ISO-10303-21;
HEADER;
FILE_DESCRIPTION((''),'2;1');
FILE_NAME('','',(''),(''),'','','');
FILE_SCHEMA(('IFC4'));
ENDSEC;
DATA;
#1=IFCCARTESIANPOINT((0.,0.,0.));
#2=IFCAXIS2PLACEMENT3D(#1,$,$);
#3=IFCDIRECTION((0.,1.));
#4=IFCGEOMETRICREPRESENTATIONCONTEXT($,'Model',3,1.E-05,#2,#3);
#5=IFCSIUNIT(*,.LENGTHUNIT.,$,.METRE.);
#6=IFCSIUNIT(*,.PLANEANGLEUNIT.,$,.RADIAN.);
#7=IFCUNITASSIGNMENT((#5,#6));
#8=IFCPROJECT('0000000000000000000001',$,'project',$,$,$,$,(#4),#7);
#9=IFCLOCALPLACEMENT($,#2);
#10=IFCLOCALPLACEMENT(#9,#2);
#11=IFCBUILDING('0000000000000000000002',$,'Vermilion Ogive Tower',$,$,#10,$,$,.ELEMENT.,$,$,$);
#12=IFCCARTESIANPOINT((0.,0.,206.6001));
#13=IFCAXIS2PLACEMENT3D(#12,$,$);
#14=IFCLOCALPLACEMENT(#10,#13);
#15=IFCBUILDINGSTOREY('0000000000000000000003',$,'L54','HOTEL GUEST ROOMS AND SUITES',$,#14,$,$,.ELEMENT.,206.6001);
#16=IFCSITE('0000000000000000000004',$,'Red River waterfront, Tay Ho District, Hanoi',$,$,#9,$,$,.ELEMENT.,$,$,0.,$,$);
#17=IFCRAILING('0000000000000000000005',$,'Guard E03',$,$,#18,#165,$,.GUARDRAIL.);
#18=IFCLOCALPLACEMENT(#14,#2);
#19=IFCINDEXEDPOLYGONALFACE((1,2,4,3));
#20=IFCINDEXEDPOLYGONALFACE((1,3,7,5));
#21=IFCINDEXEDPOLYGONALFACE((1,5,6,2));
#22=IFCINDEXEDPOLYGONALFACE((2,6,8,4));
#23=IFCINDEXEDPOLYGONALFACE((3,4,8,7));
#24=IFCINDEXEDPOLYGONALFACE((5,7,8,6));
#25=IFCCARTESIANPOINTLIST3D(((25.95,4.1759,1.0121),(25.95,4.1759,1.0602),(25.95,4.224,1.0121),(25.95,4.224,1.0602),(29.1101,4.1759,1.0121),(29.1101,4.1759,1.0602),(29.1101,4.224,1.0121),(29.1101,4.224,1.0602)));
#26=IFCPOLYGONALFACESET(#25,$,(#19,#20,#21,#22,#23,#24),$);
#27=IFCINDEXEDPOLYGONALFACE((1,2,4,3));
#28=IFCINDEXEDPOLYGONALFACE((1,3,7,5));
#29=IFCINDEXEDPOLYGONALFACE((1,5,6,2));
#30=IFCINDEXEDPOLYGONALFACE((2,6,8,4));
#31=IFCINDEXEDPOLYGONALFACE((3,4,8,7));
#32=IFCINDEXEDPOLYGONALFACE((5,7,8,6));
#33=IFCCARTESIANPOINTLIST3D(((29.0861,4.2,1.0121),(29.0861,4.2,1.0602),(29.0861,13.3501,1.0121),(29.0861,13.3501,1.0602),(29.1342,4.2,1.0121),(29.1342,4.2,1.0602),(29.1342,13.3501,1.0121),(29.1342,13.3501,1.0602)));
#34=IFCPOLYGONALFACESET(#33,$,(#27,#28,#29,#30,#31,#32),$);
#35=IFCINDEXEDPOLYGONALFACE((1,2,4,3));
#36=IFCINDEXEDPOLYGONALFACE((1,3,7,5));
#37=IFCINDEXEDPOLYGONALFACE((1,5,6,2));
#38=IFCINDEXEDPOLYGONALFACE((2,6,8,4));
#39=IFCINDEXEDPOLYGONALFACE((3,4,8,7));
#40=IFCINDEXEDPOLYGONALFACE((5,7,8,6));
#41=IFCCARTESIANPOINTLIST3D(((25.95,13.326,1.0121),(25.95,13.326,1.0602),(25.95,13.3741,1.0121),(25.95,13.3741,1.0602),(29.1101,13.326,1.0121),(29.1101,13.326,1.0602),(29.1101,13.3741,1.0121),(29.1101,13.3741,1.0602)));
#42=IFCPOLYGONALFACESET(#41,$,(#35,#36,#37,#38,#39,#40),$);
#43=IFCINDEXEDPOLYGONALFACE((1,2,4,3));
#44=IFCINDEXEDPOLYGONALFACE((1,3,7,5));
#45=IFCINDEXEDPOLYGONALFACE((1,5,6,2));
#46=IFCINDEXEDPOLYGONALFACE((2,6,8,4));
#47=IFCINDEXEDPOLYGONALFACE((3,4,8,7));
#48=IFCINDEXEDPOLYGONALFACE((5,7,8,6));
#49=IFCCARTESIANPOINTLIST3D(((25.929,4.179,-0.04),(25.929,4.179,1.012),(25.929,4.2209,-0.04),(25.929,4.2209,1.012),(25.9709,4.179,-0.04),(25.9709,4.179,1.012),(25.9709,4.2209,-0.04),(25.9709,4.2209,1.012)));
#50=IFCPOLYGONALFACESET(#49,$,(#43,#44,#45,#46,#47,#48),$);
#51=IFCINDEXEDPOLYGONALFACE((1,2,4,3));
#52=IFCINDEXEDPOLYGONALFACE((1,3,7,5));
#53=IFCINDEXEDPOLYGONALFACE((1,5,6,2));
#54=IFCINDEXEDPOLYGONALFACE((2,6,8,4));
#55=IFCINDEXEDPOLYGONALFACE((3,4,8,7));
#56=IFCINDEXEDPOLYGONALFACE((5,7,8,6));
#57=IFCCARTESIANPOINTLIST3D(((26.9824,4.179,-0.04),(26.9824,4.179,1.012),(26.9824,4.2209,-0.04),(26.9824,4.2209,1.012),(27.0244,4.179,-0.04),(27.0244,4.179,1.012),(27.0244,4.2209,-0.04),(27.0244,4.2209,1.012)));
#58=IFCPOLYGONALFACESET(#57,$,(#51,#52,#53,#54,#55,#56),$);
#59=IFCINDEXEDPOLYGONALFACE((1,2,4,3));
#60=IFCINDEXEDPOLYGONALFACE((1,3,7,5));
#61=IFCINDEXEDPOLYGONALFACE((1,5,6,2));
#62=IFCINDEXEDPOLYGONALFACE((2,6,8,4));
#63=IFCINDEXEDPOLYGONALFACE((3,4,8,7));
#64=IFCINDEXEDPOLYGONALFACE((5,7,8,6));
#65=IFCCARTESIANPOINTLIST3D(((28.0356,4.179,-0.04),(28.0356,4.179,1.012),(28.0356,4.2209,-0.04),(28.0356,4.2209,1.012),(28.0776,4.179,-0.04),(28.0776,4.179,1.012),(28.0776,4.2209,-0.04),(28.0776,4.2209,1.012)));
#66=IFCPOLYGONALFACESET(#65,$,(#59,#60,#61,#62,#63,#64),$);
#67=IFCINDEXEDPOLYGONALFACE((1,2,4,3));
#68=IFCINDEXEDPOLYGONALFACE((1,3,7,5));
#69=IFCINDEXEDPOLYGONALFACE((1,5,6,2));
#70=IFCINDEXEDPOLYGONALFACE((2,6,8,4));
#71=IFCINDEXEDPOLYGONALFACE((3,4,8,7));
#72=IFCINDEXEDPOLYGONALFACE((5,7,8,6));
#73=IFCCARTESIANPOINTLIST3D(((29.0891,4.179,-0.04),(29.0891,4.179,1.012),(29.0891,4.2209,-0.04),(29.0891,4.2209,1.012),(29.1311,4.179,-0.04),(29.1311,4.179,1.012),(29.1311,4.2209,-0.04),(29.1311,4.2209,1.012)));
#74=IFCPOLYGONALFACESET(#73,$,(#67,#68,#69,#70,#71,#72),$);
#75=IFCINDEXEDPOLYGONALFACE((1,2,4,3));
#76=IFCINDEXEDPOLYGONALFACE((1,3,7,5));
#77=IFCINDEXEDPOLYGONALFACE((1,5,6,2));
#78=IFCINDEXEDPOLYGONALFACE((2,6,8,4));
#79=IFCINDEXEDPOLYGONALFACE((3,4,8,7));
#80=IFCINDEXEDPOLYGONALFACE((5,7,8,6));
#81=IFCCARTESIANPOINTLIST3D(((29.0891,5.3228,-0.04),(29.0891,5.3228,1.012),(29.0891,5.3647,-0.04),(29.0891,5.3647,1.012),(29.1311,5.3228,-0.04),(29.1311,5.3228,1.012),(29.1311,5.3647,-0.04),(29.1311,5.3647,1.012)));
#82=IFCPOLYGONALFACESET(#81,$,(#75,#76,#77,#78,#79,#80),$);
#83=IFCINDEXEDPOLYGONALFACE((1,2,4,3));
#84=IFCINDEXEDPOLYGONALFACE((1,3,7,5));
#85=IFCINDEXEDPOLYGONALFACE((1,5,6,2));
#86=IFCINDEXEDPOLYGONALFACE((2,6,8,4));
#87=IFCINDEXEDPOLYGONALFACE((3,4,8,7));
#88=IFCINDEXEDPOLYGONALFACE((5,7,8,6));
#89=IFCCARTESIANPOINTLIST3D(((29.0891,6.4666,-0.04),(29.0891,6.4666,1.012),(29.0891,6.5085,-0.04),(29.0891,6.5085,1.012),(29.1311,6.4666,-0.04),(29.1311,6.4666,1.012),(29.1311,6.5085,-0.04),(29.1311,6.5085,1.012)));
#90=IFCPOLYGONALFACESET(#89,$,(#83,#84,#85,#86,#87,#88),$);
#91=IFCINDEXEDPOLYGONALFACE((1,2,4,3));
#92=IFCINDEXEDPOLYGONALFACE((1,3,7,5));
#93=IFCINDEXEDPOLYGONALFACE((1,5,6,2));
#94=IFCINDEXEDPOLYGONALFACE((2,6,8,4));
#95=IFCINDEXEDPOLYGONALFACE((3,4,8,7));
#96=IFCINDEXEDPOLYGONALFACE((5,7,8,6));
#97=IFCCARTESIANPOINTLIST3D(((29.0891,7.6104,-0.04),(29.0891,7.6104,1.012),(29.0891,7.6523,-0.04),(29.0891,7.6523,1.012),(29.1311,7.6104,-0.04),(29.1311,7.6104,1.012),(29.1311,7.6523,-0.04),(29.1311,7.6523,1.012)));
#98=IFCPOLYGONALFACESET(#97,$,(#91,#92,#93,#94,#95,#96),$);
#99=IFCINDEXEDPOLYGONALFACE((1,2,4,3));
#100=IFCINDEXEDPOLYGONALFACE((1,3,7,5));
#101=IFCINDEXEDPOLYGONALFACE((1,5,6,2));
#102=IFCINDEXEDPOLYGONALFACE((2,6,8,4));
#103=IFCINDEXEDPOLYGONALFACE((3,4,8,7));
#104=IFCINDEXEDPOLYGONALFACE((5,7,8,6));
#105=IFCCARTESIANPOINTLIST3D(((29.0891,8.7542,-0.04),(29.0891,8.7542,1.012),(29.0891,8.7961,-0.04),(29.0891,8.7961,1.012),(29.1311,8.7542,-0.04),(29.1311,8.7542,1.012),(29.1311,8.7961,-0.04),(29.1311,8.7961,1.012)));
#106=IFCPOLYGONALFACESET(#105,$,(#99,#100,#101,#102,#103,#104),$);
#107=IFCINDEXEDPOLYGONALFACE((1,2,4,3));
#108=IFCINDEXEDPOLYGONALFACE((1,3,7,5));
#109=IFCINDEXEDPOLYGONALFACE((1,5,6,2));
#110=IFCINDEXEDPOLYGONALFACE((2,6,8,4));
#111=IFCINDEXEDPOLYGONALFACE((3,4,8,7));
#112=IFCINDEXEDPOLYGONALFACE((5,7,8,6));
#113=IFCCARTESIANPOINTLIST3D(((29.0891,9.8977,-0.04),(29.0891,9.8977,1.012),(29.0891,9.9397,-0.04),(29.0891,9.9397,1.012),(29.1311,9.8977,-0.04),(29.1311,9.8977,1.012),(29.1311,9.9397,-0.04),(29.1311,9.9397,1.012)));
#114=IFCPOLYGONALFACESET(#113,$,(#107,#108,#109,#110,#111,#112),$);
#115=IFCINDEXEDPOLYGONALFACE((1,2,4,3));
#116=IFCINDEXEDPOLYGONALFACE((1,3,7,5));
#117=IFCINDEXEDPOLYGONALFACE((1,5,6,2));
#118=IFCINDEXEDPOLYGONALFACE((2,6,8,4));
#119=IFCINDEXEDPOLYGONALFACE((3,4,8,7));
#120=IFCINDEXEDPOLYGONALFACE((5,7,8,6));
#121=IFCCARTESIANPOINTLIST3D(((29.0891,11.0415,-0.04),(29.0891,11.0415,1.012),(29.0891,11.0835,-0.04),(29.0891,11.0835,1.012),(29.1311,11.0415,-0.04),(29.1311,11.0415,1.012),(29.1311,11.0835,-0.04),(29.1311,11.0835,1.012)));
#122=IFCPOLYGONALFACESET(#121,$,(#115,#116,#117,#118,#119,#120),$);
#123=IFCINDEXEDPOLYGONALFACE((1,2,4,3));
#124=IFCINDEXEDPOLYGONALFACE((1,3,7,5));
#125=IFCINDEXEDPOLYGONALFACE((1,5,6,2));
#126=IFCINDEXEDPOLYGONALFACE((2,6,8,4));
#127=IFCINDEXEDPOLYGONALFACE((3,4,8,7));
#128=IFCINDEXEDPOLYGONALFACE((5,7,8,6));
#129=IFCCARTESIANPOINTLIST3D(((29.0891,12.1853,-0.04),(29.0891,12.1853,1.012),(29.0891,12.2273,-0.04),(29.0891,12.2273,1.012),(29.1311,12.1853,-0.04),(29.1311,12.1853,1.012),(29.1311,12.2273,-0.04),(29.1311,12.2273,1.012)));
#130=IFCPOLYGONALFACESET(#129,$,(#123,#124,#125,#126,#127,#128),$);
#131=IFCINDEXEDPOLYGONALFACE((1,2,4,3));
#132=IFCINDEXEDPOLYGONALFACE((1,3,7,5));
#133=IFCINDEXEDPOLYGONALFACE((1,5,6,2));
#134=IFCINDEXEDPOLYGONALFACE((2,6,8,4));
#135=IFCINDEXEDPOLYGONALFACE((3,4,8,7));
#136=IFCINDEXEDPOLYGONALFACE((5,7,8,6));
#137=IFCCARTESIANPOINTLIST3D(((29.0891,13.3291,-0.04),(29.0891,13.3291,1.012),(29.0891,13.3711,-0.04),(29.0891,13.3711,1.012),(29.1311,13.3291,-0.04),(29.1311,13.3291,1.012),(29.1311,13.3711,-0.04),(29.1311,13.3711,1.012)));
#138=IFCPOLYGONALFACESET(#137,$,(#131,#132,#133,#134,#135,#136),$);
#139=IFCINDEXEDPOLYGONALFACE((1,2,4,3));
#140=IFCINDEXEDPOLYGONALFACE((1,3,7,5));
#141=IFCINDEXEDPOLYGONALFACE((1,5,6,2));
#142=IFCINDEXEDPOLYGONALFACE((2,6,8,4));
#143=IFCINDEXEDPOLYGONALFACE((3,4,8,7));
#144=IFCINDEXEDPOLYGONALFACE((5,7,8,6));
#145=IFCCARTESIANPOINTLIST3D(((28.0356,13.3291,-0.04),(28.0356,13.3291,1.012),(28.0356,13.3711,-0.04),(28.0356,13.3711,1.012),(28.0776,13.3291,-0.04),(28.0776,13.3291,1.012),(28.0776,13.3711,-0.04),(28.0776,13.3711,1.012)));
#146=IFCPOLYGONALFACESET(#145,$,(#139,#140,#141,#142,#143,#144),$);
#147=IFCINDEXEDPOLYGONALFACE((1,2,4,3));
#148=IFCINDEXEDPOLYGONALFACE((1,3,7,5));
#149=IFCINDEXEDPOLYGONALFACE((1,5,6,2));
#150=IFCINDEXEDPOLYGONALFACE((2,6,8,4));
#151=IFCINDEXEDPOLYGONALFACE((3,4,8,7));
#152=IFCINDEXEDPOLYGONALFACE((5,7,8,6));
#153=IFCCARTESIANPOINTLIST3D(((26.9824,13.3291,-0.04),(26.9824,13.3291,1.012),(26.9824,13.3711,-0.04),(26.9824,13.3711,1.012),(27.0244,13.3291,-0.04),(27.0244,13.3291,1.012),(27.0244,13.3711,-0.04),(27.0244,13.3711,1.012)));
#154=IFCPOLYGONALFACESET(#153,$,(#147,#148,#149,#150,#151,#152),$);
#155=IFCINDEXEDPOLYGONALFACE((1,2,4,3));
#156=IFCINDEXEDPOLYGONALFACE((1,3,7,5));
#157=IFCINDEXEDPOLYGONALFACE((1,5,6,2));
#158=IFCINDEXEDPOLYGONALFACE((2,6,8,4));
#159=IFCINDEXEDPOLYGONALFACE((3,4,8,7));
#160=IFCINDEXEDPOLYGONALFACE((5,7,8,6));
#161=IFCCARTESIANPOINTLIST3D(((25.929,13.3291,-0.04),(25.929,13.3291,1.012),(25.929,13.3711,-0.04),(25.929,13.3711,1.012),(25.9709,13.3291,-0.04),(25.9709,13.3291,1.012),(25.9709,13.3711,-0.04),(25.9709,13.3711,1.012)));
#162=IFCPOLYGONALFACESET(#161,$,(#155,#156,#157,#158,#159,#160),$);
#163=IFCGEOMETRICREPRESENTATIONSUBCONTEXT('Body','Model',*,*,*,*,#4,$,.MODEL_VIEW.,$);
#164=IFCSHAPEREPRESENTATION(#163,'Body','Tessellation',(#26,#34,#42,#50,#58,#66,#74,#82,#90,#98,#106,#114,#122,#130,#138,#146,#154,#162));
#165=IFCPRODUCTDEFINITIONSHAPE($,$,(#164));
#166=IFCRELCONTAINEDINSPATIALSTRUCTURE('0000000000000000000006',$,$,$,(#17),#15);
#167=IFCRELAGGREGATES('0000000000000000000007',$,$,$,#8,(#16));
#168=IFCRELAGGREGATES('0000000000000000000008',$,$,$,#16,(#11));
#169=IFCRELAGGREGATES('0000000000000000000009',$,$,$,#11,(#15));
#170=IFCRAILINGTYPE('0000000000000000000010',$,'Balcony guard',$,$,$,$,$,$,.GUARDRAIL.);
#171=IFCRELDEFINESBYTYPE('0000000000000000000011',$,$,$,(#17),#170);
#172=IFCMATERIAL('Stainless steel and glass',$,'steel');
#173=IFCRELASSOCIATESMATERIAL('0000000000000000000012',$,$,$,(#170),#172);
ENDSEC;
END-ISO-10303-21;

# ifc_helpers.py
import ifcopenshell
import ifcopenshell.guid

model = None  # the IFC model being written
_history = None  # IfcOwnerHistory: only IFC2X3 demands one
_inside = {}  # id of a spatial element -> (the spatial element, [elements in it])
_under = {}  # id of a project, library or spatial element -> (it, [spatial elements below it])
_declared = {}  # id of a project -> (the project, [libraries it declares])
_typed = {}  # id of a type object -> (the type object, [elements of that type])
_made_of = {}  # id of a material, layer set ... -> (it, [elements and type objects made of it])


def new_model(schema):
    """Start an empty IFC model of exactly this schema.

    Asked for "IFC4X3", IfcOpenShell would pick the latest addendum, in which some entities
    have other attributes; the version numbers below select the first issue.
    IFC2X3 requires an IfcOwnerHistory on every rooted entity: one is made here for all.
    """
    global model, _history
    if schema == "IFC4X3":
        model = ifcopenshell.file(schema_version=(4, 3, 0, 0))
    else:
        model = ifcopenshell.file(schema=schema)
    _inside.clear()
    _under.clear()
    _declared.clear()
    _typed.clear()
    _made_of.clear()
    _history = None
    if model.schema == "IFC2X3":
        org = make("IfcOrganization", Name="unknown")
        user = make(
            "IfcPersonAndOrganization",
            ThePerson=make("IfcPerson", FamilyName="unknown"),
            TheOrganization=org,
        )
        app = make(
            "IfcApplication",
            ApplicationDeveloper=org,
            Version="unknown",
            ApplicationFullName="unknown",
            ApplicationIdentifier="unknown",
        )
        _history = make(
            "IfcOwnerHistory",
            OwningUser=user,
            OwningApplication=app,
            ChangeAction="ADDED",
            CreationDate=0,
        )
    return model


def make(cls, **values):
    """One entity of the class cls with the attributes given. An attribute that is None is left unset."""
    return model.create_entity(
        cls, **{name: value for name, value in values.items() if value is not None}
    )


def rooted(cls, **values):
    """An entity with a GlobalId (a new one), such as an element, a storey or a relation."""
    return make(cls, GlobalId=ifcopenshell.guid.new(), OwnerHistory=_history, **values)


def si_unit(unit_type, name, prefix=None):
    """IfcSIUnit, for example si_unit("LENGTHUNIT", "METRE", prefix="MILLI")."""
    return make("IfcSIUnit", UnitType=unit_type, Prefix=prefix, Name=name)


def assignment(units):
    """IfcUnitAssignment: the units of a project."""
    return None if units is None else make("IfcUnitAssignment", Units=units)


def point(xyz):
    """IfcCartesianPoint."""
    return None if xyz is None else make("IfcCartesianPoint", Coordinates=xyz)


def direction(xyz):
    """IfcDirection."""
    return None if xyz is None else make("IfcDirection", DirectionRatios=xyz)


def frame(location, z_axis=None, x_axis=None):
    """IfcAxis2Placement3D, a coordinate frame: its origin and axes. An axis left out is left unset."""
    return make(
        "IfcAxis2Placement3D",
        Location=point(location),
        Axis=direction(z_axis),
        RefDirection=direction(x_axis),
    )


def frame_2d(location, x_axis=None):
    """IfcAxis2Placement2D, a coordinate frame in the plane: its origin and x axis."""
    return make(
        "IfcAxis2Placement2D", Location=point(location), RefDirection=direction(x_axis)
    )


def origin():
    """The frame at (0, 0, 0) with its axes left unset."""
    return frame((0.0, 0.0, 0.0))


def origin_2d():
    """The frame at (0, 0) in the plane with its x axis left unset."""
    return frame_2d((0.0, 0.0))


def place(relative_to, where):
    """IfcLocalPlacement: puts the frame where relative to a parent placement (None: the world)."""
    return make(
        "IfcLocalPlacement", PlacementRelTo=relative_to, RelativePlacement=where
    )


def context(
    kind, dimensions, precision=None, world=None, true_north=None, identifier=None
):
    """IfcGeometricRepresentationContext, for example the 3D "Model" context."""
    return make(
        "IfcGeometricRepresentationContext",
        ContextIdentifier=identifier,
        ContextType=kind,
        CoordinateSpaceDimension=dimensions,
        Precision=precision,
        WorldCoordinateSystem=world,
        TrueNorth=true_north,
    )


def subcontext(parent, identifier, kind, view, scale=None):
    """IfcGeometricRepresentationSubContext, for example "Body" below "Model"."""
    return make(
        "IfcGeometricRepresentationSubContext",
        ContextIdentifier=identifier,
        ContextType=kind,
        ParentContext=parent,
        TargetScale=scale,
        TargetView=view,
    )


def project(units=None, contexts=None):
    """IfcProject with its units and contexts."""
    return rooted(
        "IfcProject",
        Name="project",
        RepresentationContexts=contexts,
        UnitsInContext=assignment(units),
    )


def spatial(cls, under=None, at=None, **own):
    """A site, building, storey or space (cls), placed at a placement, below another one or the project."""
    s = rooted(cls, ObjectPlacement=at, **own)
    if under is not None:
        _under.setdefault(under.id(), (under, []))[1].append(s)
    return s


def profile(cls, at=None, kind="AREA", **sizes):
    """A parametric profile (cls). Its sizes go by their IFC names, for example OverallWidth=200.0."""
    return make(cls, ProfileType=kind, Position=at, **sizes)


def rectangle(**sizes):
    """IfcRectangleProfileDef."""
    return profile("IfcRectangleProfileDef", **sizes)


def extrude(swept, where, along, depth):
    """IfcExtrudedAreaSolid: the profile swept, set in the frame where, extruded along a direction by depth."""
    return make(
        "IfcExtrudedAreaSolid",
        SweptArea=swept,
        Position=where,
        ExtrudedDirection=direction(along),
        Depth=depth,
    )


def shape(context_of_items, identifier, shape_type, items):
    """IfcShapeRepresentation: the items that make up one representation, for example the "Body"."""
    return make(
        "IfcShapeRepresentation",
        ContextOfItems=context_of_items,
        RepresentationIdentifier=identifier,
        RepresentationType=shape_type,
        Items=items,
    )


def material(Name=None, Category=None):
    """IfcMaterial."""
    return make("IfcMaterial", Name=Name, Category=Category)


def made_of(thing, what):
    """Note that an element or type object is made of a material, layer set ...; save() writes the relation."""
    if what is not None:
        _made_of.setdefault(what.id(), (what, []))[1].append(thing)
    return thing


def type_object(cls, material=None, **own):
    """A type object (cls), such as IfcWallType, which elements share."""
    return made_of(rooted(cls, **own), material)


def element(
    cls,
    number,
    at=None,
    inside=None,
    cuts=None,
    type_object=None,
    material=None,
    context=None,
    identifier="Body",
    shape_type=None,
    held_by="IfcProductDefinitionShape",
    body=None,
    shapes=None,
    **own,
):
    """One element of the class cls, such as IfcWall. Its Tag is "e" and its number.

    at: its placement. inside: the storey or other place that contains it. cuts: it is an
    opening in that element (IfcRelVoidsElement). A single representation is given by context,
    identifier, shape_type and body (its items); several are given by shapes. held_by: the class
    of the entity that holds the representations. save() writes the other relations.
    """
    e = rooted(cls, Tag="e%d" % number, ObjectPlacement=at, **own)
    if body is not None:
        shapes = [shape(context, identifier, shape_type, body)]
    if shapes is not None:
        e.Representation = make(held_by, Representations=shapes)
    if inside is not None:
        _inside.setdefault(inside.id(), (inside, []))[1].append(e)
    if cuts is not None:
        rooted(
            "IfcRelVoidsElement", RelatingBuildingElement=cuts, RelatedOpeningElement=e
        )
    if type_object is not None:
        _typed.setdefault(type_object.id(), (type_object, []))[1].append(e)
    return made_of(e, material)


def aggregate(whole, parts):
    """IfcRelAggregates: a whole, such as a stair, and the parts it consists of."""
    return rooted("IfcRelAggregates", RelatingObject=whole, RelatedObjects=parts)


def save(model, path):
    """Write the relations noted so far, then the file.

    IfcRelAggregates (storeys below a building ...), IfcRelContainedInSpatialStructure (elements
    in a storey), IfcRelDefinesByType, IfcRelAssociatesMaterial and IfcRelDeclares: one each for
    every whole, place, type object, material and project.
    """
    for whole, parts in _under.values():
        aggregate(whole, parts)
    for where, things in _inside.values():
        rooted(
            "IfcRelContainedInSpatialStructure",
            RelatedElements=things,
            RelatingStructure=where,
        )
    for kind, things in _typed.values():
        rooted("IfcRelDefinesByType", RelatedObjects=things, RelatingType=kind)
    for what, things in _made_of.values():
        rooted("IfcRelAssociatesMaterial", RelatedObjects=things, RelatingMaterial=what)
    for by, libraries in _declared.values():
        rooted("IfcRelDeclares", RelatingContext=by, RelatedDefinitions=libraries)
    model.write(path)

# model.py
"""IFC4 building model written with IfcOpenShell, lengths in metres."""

from ifc_helpers import new_model, si_unit, direction, frame, origin, origin_2d, place, context, subcontext, project, spatial, rectangle, extrude, material, type_object, element, save


model = new_model("IFC4")

# Units and contexts
model_context = context("Model", 3, precision=1e-05, world=origin(), true_north=direction((0.0, 1.0)))
body_context = subcontext(model_context, "Body", "Model", "MODEL_VIEW")
ifc_project = project(units=[si_unit("LENGTHUNIT", "METRE"), si_unit("PLANEANGLEUNIT", "RADIAN")], contexts=[model_context])

# Site, building, storey
site_placement = place(None, origin())
site = spatial("IfcSite", under=ifc_project, at=site_placement, Name="Red River waterfront, Tay Ho District, Hanoi", CompositionType="ELEMENT", RefElevation=0.0)
building_placement = place(site_placement, origin())
building = spatial("IfcBuilding", under=site, at=building_placement, Name="Vermilion Ogive Tower", CompositionType="ELEMENT")
storey_placement = place(building_placement, frame((0.0, 0.0, 206.6001)))
storey = spatial("IfcBuildingStorey", under=building, at=storey_placement, Name="L54", Description="HOTEL GUEST ROOMS AND SUITES", CompositionType="ELEMENT", Elevation=206.6001)

# Railing
ifc_material_1 = material(Name="Stainless steel and glass", Category="steel")
railing_type = type_object("IfcRailingType", Name="Balcony guard", PredefinedType="GUARDRAIL", material=ifc_material_1)
railing_placement = place(storey_placement, frame((25.95, 4.2, -0.04)))
element("IfcRailing", 1, at=railing_placement, inside=storey, type_object=railing_type, Name="Guard E03", PredefinedType="GUARDRAIL", context=body_context, shape_type="SweptSolid", body=[
    extrude(rectangle(XDim=0.0481, YDim=0.0481, at=origin_2d()), frame((0.0, 0.0, 1.0762), z_axis=(1.0, 0.0, 0.0), x_axis=(0.0, 1.0, 0.0)), (0.0, 0.0, 1.0), 3.1602),
    extrude(rectangle(XDim=0.0481, YDim=0.0481, at=origin_2d()), frame((3.1602, 0.0, 1.0762), z_axis=(0.0, 1.0, 0.0), x_axis=(-1.0, 0.0, 0.0)), (0.0, 0.0, 1.0), 9.1501),
    extrude(rectangle(XDim=0.0481, YDim=0.0481, at=origin_2d()), frame((3.1602, 9.1501, 1.0762), z_axis=(-1.0, 0.0, 0.0), x_axis=(0.0, -1.0, 0.0)), (0.0, 0.0, 1.0), 3.1602),
    extrude(rectangle(XDim=0.042, YDim=0.042, at=origin_2d()), origin(), (0.0, 0.0, 1.0), 1.052),
    extrude(rectangle(XDim=0.042, YDim=0.042, at=origin_2d()), frame((1.0535, 0.0, 0.0)), (0.0, 0.0, 1.0), 1.052),
    extrude(rectangle(XDim=0.042, YDim=0.042, at=origin_2d()), frame((2.1067, 0.0, 0.0)), (0.0, 0.0, 1.0), 1.052),
    extrude(rectangle(XDim=0.042, YDim=0.042, at=origin_2d()), frame((3.1602, 0.0, 0.0)), (0.0, 0.0, 1.0), 1.052),
    extrude(rectangle(XDim=0.042, YDim=0.042, at=origin_2d()), frame((3.1602, 1.1438, 0.0)), (0.0, 0.0, 1.0), 1.052),
    extrude(rectangle(XDim=0.042, YDim=0.042, at=origin_2d()), frame((3.1602, 2.2876, 0.0)), (0.0, 0.0, 1.0), 1.052),
    extrude(rectangle(XDim=0.042, YDim=0.042, at=origin_2d()), frame((3.1602, 3.4314, 0.0)), (0.0, 0.0, 1.0), 1.052),
    extrude(rectangle(XDim=0.042, YDim=0.042, at=origin_2d()), frame((3.1602, 4.5752, 0.0)), (0.0, 0.0, 1.0), 1.052),
    extrude(rectangle(XDim=0.042, YDim=0.042, at=origin_2d()), frame((3.1602, 5.7188, 0.0)), (0.0, 0.0, 1.0), 1.052),
    extrude(rectangle(XDim=0.042, YDim=0.042, at=origin_2d()), frame((3.1602, 6.8625, 0.0)), (0.0, 0.0, 1.0), 1.052),
    extrude(rectangle(XDim=0.042, YDim=0.042, at=origin_2d()), frame((3.1602, 8.0063, 0.0)), (0.0, 0.0, 1.0), 1.052),
    extrude(rectangle(XDim=0.042, YDim=0.042, at=origin_2d()), frame((3.1602, 9.1501, 0.0)), (0.0, 0.0, 1.0), 1.052),
    extrude(rectangle(XDim=0.042, YDim=0.042, at=origin_2d()), frame((2.1067, 9.1501, 0.0)), (0.0, 0.0, 1.0), 1.052),
    extrude(rectangle(XDim=0.042, YDim=0.042, at=origin_2d()), frame((1.0535, 9.1501, 0.0)), (0.0, 0.0, 1.0), 1.052),
    extrude(rectangle(XDim=0.042, YDim=0.042, at=origin_2d()), frame((0.0, 9.1501, 0.0)), (0.0, 0.0, 1.0), 1.052),
])

save(model, "model.ifc")
